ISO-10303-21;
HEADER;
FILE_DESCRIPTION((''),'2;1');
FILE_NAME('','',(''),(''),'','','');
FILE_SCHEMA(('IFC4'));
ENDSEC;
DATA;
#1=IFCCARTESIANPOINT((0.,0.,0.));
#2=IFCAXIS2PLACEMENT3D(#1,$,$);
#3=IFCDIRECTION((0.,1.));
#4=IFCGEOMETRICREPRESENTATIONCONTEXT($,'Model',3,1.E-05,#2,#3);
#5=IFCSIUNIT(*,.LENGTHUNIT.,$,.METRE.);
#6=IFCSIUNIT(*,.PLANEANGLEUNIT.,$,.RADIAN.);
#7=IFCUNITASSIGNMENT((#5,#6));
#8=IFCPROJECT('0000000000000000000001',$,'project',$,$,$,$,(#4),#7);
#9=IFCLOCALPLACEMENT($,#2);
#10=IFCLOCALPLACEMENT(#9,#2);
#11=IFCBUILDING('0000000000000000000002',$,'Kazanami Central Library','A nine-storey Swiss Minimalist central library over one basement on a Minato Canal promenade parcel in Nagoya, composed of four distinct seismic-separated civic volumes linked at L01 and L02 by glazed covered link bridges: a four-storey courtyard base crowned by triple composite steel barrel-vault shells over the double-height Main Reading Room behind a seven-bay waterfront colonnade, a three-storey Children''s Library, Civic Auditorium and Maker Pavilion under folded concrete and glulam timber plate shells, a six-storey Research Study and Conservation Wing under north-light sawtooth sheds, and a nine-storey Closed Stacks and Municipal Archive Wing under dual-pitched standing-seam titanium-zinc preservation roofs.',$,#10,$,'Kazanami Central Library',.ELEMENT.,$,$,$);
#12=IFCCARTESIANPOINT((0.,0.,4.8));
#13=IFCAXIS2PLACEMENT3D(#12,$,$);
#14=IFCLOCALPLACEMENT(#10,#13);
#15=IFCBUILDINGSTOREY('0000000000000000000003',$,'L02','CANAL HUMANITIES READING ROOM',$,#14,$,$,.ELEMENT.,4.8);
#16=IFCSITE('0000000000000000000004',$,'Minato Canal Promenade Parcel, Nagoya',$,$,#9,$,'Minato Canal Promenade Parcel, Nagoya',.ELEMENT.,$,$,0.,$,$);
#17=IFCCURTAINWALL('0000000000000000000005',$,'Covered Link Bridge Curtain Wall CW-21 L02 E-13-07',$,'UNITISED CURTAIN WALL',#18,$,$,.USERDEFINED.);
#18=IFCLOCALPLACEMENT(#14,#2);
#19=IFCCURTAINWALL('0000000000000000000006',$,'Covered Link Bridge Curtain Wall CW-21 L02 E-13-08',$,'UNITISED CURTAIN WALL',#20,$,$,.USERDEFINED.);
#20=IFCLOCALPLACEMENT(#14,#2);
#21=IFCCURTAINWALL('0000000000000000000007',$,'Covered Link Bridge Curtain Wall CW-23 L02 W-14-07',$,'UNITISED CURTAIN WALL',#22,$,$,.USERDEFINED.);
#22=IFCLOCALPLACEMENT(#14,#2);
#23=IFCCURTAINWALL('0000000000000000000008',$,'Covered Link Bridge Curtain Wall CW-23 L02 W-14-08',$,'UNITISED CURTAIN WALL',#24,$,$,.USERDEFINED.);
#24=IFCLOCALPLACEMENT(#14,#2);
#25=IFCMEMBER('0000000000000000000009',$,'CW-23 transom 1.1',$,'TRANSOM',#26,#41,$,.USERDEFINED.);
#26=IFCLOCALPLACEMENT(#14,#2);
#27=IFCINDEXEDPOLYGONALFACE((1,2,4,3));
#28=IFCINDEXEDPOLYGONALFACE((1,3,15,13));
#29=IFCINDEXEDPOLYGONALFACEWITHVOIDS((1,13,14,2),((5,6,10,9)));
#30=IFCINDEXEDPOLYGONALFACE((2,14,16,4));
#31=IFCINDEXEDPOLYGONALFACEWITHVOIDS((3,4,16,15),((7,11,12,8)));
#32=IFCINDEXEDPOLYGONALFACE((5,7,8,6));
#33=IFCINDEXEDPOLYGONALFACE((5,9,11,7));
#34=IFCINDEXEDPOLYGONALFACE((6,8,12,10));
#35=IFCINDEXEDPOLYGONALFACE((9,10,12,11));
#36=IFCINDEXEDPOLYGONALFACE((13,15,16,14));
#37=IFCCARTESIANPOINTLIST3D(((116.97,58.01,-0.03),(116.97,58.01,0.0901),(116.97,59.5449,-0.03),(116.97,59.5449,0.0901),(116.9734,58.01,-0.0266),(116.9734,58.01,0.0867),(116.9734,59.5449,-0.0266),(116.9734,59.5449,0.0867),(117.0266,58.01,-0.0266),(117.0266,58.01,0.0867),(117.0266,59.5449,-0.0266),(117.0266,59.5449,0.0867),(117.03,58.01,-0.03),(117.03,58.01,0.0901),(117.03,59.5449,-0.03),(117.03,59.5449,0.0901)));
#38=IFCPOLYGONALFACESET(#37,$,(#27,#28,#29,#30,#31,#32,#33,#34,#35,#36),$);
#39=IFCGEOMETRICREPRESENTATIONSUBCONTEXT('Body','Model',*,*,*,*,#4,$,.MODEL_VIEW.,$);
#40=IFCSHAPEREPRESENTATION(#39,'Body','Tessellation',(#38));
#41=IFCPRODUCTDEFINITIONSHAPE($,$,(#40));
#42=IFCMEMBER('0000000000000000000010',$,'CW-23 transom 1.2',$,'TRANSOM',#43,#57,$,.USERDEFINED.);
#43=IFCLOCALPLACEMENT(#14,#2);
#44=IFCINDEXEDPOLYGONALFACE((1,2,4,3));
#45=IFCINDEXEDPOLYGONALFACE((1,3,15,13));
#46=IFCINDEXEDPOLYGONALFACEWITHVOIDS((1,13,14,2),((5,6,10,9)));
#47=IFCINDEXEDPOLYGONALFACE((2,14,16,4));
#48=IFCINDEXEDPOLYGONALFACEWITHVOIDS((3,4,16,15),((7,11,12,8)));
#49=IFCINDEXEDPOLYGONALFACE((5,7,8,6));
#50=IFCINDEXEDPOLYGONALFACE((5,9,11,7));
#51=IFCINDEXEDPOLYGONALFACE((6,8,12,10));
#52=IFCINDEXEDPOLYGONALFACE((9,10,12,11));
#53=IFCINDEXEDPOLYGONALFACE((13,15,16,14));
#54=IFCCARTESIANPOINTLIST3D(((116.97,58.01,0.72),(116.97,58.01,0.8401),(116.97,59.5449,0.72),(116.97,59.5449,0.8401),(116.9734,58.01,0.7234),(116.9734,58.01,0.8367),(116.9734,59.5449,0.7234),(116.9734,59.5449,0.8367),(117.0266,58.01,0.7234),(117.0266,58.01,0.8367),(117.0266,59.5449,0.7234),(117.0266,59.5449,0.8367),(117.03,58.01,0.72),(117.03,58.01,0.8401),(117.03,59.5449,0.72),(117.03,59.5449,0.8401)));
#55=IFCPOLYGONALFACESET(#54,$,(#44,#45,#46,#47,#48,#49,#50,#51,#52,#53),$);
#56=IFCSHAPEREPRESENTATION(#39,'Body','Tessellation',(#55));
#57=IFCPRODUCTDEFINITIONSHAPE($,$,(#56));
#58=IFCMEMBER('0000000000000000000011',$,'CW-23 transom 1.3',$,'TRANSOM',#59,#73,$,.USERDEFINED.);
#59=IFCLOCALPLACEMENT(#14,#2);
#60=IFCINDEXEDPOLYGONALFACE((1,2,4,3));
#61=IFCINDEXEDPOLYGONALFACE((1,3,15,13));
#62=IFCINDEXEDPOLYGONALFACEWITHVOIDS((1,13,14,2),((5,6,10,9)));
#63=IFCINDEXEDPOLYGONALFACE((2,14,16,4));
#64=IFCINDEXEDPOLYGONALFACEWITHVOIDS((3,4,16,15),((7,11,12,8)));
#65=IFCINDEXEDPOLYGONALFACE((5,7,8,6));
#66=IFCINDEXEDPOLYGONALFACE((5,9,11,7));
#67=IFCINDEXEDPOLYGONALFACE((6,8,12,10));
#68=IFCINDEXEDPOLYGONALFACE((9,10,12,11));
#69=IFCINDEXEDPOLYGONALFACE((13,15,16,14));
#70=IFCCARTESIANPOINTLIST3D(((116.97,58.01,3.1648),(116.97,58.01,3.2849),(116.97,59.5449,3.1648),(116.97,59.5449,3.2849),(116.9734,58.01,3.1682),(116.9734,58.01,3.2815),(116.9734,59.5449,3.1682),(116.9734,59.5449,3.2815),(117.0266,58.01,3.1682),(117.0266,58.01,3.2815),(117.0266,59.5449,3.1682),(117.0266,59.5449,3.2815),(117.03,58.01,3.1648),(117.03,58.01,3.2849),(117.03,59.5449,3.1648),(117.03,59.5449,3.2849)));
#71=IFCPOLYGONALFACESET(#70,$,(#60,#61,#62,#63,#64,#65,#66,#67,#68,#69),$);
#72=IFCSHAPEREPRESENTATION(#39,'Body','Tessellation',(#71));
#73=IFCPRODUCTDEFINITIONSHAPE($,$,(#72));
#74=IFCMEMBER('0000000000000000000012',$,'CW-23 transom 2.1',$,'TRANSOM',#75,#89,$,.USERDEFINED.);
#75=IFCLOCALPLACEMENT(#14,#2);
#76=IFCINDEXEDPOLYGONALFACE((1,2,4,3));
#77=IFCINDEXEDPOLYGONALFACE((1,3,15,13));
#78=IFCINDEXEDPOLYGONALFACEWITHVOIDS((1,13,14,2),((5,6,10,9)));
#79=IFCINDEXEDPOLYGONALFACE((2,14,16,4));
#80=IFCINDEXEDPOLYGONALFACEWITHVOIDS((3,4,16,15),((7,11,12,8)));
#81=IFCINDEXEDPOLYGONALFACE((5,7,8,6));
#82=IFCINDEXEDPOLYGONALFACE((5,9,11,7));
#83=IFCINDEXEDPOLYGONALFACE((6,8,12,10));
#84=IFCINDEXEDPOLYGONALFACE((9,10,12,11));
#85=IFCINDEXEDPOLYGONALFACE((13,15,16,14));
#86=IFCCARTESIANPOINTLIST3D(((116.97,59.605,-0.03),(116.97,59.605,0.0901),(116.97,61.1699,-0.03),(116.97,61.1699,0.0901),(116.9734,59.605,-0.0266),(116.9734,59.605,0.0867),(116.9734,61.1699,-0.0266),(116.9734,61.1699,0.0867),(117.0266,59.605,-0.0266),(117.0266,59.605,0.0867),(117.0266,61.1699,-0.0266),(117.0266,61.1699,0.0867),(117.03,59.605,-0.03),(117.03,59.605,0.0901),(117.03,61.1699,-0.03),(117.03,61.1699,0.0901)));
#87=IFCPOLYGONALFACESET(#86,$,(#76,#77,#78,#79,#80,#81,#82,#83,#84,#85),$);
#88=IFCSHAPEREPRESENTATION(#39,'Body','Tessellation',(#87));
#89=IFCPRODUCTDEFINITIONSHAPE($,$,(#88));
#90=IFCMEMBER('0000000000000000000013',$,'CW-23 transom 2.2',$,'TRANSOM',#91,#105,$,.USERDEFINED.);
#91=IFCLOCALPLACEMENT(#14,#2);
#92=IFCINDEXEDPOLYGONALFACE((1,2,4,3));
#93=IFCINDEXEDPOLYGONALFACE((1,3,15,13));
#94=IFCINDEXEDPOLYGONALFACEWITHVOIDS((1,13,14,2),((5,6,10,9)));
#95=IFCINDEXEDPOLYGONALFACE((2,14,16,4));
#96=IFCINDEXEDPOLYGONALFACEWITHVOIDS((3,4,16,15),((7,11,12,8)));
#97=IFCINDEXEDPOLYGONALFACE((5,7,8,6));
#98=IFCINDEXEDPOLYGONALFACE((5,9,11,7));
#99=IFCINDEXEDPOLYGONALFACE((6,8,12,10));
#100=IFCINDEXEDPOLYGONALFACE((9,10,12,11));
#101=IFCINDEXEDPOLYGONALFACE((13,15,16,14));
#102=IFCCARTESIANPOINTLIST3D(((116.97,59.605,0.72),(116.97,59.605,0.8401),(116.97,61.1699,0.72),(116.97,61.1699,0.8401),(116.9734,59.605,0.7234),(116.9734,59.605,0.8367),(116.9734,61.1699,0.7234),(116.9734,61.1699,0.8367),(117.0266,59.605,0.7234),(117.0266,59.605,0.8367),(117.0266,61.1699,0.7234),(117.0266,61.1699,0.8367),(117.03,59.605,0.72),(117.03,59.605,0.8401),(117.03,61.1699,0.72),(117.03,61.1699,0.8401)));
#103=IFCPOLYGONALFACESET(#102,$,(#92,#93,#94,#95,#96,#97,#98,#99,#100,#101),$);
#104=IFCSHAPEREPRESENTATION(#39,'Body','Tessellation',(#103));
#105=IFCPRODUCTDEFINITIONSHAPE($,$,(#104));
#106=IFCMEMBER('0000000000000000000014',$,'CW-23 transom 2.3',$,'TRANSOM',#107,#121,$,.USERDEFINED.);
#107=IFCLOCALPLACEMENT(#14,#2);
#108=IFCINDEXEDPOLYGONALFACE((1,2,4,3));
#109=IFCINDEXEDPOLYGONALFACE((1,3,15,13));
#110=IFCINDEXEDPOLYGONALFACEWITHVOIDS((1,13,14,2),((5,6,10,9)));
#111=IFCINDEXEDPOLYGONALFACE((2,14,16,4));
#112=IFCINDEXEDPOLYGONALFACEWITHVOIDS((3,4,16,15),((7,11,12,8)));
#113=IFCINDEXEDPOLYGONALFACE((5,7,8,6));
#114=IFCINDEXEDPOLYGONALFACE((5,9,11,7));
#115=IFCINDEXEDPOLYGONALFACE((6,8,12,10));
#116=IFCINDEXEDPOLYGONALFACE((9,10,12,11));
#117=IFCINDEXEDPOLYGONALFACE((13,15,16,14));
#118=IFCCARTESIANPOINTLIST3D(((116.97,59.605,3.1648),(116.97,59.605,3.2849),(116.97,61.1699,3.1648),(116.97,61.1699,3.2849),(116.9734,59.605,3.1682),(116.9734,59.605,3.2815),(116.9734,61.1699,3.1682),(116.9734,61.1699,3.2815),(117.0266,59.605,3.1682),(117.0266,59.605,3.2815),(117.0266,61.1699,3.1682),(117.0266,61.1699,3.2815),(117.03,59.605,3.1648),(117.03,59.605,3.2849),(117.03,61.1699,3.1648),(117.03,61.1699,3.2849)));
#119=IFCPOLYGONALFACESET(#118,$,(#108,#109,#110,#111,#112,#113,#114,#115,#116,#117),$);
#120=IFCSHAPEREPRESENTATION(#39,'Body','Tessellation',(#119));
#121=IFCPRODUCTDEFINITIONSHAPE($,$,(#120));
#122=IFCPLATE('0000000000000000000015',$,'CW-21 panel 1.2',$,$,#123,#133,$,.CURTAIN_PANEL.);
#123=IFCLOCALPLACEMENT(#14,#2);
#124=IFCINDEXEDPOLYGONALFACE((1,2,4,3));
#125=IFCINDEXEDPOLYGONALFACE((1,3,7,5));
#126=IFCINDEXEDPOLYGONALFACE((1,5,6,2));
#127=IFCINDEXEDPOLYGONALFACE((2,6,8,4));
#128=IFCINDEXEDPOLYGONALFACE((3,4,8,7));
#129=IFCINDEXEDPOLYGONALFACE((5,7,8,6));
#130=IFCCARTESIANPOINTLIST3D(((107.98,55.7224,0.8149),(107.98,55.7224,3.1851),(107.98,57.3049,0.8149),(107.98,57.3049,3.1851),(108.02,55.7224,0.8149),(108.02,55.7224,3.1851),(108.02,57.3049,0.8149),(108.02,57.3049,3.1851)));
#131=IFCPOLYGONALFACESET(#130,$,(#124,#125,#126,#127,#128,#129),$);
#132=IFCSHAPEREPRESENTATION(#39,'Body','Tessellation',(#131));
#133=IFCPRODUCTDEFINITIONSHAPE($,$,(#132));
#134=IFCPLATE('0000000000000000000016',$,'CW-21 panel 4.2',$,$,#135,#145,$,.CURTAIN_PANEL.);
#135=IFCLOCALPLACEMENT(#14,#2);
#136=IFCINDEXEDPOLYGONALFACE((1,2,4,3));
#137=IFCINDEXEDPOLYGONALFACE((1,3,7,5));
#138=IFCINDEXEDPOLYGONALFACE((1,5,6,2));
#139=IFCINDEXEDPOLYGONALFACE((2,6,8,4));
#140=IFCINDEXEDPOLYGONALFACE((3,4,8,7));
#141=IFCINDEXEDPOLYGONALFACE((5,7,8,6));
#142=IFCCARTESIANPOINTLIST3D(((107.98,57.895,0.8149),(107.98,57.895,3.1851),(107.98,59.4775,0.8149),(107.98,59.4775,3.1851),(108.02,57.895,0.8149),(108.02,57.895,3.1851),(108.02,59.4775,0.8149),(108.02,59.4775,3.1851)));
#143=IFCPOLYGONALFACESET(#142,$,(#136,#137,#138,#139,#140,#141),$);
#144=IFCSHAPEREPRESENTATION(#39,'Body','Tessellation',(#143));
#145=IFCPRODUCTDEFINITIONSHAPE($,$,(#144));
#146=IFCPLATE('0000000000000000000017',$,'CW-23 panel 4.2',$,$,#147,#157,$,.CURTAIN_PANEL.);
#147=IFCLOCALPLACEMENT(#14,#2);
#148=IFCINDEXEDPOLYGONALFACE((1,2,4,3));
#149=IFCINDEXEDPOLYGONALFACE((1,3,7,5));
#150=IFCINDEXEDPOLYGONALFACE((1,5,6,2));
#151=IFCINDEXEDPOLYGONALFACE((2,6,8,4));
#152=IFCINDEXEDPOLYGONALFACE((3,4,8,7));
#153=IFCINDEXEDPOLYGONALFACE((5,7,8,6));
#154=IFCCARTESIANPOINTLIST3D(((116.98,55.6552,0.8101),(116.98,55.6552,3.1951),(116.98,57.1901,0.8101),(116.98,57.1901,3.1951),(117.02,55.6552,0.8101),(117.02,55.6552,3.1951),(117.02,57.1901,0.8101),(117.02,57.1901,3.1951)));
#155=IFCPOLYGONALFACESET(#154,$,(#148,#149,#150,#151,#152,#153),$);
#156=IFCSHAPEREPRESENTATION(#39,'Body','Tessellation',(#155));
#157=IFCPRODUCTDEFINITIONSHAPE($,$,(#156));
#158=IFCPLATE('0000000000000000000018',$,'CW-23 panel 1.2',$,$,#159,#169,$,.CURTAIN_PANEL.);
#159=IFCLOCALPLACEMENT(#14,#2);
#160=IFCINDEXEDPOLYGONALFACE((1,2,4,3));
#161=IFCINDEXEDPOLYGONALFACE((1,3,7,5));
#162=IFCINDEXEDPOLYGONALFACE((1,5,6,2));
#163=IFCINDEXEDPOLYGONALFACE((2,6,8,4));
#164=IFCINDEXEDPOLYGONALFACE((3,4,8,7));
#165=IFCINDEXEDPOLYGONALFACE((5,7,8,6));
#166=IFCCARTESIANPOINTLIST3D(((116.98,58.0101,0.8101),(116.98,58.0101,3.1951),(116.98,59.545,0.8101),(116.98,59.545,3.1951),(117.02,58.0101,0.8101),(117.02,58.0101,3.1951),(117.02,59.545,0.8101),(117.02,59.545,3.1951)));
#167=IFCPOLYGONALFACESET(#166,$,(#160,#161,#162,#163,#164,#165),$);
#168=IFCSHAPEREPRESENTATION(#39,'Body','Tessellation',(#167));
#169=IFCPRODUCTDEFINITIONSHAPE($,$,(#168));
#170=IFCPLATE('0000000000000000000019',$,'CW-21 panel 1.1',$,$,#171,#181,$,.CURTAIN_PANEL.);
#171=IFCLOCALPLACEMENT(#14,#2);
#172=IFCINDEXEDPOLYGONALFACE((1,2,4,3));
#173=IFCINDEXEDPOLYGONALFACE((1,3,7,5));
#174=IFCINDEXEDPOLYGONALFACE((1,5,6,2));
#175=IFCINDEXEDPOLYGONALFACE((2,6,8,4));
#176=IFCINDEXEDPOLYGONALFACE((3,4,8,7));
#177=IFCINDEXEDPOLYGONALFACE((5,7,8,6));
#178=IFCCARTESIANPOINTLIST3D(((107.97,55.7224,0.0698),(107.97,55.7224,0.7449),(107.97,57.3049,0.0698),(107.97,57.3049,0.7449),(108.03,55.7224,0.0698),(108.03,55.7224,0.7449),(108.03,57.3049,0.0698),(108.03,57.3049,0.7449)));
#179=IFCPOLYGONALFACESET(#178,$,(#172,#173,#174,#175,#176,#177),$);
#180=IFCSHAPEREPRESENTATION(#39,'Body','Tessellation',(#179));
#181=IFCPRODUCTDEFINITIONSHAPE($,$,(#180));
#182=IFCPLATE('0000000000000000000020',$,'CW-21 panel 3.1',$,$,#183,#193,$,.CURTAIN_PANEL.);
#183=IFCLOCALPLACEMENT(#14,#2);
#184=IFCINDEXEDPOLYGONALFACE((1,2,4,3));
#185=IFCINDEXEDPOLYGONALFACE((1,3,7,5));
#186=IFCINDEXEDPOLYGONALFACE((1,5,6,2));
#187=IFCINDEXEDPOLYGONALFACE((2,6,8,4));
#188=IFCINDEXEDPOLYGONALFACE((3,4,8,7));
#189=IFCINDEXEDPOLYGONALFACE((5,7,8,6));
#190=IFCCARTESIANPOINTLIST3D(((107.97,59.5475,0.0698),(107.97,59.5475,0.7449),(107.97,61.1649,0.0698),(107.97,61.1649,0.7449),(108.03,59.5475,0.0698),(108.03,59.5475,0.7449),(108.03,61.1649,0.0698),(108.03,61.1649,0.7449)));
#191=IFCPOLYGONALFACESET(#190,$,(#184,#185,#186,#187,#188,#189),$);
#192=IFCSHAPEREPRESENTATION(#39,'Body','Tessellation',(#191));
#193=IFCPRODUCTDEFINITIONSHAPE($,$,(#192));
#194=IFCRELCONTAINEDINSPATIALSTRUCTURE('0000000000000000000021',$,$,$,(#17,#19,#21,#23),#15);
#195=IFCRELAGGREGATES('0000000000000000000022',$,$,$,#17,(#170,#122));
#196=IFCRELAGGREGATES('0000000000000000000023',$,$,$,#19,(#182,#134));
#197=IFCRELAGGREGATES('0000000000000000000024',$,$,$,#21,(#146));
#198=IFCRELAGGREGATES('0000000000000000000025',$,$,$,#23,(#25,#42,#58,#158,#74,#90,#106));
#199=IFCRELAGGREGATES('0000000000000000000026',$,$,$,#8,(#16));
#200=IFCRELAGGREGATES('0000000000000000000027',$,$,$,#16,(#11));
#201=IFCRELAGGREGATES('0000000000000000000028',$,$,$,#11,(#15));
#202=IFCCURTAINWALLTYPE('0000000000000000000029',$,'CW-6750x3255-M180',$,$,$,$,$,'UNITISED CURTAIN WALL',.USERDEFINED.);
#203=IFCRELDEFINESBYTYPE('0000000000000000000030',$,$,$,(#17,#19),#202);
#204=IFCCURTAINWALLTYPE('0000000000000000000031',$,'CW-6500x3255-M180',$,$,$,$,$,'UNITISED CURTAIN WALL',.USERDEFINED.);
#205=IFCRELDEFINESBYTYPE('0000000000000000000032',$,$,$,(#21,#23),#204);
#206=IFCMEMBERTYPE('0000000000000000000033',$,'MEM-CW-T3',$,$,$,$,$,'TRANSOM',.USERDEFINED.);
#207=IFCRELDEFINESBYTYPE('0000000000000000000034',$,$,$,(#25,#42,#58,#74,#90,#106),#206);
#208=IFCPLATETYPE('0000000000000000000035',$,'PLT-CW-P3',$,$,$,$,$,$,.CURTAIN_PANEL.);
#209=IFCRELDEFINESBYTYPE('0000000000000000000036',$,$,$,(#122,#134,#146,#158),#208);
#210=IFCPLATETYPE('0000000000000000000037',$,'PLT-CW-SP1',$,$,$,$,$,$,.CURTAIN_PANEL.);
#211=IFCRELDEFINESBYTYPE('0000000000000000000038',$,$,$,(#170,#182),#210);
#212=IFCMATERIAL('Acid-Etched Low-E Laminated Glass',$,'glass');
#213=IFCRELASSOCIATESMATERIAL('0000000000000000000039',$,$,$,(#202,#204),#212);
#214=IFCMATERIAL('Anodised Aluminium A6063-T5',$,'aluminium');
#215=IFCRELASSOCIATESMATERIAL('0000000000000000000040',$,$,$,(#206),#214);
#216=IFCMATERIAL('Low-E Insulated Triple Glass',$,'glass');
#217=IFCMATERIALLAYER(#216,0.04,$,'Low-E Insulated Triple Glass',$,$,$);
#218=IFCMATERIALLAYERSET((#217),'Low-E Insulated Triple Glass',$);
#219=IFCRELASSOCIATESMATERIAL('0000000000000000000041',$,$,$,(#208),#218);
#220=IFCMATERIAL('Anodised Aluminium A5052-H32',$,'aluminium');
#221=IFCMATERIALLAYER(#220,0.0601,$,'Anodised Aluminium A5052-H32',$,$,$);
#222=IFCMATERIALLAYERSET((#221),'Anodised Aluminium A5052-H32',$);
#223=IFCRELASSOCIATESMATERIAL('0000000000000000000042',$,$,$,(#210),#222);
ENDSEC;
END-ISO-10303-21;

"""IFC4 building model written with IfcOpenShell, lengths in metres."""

from ifc_helpers import new_model, si_unit, direction, frame, origin, origin_2d, place, context, subcontext, project, spatial, rectangle, hollow_rectangle, extrude, material, layer, layer_set, material_profile, profile_set, type_object, element, aggregate, save


model = new_model("IFC4")

# Units and contexts
model_context = context("Model", 3, precision=1e-05, world=origin(), true_north=direction((0.0, 1.0)))
body_context = subcontext(model_context, "Body", "Model", "MODEL_VIEW")
ifc_project = project(units=[si_unit("LENGTHUNIT", "METRE"), si_unit("PLANEANGLEUNIT", "RADIAN")], contexts=[model_context])

# Site, building, storey
site_placement = place(None, origin())
site = spatial("IfcSite", under=ifc_project, at=site_placement, Name="Minato Canal Promenade Parcel, Nagoya", LongName="Minato Canal Promenade Parcel, Nagoya", CompositionType="ELEMENT", RefElevation=0.0)
building_placement = place(site_placement, origin())
building = spatial("IfcBuilding", under=site, at=building_placement, Name="Kazanami Central Library", Description="A nine-storey Swiss Minimalist central library over one basement on a Minato Canal promenade parcel in Nagoya, composed of four distinct seismic-separated civic volumes linked at L01 and L02 by glazed covered link bridges: a four-storey courtyard base crowned by triple composite steel barrel-vault shells over the double-height Main Reading Room behind a seven-bay waterfront colonnade, a three-storey Children's Library, Civic Auditorium and Maker Pavilion under folded concrete and glulam timber plate shells, a six-storey Research Study and Conservation Wing under north-light sawtooth sheds, and a nine-storey Closed Stacks and Municipal Archive Wing under dual-pitched standing-seam titanium-zinc preservation roofs.", LongName="Kazanami Central Library", CompositionType="ELEMENT")
storey_placement = place(building_placement, frame((0.0, 0.0, 4.8)))
storey = spatial("IfcBuildingStorey", under=building, at=storey_placement, Name="L02", Description="CANAL HUMANITIES READING ROOM", CompositionType="ELEMENT", Elevation=4.8)

# Curtain walls
ifc_material_1 = material(Name="Acid-Etched Low-E Laminated Glass", Category="glass")
curtain_wall_type_1 = type_object("IfcCurtainWallType", Name="CW-6750x3255-M180", ElementType="UNITISED CURTAIN WALL", PredefinedType="USERDEFINED", material=ifc_material_1)
curtain_wall_1_placement = place(storey_placement, origin())
curtain_wall_1 = element("IfcCurtainWall", 1, at=curtain_wall_1_placement, inside=storey, type_object=curtain_wall_type_1, Name="Covered Link Bridge Curtain Wall CW-21 L02 E-13-07", ObjectType="UNITISED CURTAIN WALL", PredefinedType="USERDEFINED")
ifc_material_2 = material(Name="Anodised Aluminium A6063-T5", Category="aluminium")
curtain_wall_2_placement = place(storey_placement, origin())
curtain_wall_2 = element("IfcCurtainWall", 2, at=curtain_wall_2_placement, inside=storey, type_object=curtain_wall_type_1, Name="Covered Link Bridge Curtain Wall CW-21 L02 E-13-08", ObjectType="UNITISED CURTAIN WALL", PredefinedType="USERDEFINED")

# Curtain wall
curtain_wall_type_2 = type_object("IfcCurtainWallType", Name="CW-6500x3255-M180", ElementType="UNITISED CURTAIN WALL", PredefinedType="USERDEFINED", material=ifc_material_1)
curtain_wall_3_placement = place(storey_placement, origin())
curtain_wall_3 = element("IfcCurtainWall", 3, at=curtain_wall_3_placement, inside=storey, type_object=curtain_wall_type_2, Name="Covered Link Bridge Curtain Wall CW-23 L02 W-14-07", ObjectType="UNITISED CURTAIN WALL", PredefinedType="USERDEFINED")

# Curtain wall
curtain_wall_4_placement = place(storey_placement, origin())
curtain_wall_4 = element("IfcCurtainWall", 4, at=curtain_wall_4_placement, inside=storey, type_object=curtain_wall_type_2, Name="Covered Link Bridge Curtain Wall CW-23 L02 W-14-08", ObjectType="UNITISED CURTAIN WALL", PredefinedType="USERDEFINED")

# Members
ifc_material_profile_1 = material_profile(ifc_material_2, hollow_rectangle(XDim=0.0601, YDim=0.1201, WallThickness=0.0034, at=origin_2d()), Name="ALU-TRAN-60x120x3.5")
ifc_profile_set_1 = profile_set([ifc_material_profile_1], Name="Anodised Aluminium A6063-T5")
member_type_1 = type_object("IfcMemberType", Name="MEM-CW-T3", ElementType="TRANSOM", PredefinedType="USERDEFINED", material=ifc_profile_set_1)
member_1_placement = place(storey_placement, frame((117.0, 58.01, 0.03), z_axis=(0.0, 1.0, 0.0), x_axis=(-1.0, 0.0, 0.0)))
member_1 = element("IfcMember", 5, at=member_1_placement, type_object=member_type_1, Name="CW-23 transom 1.1", ObjectType="TRANSOM", PredefinedType="USERDEFINED", context=body_context, shape_type="SweptSolid", body=[
    extrude(hollow_rectangle(XDim=0.0601, YDim=0.1201, WallThickness=0.0034, at=origin_2d()), origin(), (0.0, 0.0, 1.0), 1.5349),
])
member_2_placement = place(storey_placement, frame((117.0, 58.01, 0.78), z_axis=(0.0, 1.0, 0.0), x_axis=(-1.0, 0.0, 0.0)))
member_2 = element("IfcMember", 6, at=member_2_placement, type_object=member_type_1, Name="CW-23 transom 1.2", ObjectType="TRANSOM", PredefinedType="USERDEFINED", context=body_context, shape_type="SweptSolid", body=[
    extrude(hollow_rectangle(XDim=0.0601, YDim=0.1201, WallThickness=0.0034, at=origin_2d()), origin(), (0.0, 0.0, 1.0), 1.5349),
])
member_3_placement = place(storey_placement, frame((117.0, 58.01, 3.2249), z_axis=(0.0, 1.0, 0.0), x_axis=(-1.0, 0.0, 0.0)))
member_3 = element("IfcMember", 7, at=member_3_placement, type_object=member_type_1, Name="CW-23 transom 1.3", ObjectType="TRANSOM", PredefinedType="USERDEFINED", context=body_context, shape_type="SweptSolid", body=[
    extrude(hollow_rectangle(XDim=0.0601, YDim=0.1201, WallThickness=0.0034, at=origin_2d()), origin(), (0.0, 0.0, 1.0), 1.5349),
])
member_4_placement = place(storey_placement, frame((117.0, 59.605, 0.03), z_axis=(0.0, 1.0, 0.0), x_axis=(-1.0, 0.0, 0.0)))
member_4 = element("IfcMember", 8, at=member_4_placement, type_object=member_type_1, Name="CW-23 transom 2.1", ObjectType="TRANSOM", PredefinedType="USERDEFINED", context=body_context, shape_type="SweptSolid", body=[
    extrude(hollow_rectangle(XDim=0.0601, YDim=0.1201, WallThickness=0.0034, at=origin_2d()), origin(), (0.0, 0.0, 1.0), 1.5649),
])
member_5_placement = place(storey_placement, frame((117.0, 59.605, 0.78), z_axis=(0.0, 1.0, 0.0), x_axis=(-1.0, 0.0, 0.0)))
member_5 = element("IfcMember", 9, at=member_5_placement, type_object=member_type_1, Name="CW-23 transom 2.2", ObjectType="TRANSOM", PredefinedType="USERDEFINED", context=body_context, shape_type="SweptSolid", body=[
    extrude(hollow_rectangle(XDim=0.0601, YDim=0.1201, WallThickness=0.0034, at=origin_2d()), origin(), (0.0, 0.0, 1.0), 1.5649),
])
member_6_placement = place(storey_placement, frame((117.0, 59.605, 3.2249), z_axis=(0.0, 1.0, 0.0), x_axis=(-1.0, 0.0, 0.0)))
member_6 = element("IfcMember", 10, at=member_6_placement, type_object=member_type_1, Name="CW-23 transom 2.3", ObjectType="TRANSOM", PredefinedType="USERDEFINED", context=body_context, shape_type="SweptSolid", body=[
    extrude(hollow_rectangle(XDim=0.0601, YDim=0.1201, WallThickness=0.0034, at=origin_2d()), origin(), (0.0, 0.0, 1.0), 1.5649),
])

# Plates
ifc_material_3 = material(Name="Low-E Insulated Triple Glass", Category="glass")
ifc_layer_1 = layer(ifc_material_3, 0.04, Name="Low-E Insulated Triple Glass")
ifc_layer_set_1 = layer_set([ifc_layer_1], Name="Low-E Insulated Triple Glass")
plate_type_1 = type_object("IfcPlateType", Name="PLT-CW-P3", PredefinedType="CURTAIN_PANEL", material=ifc_layer_set_1)
plate_1_placement = place(storey_placement, frame((108.0, 56.5137, 0.8149), z_axis=(0.0, 0.0, 1.0), x_axis=(0.0, -1.0, 0.0)))
plate_1 = element("IfcPlate", 11, at=plate_1_placement, type_object=plate_type_1, Name="CW-21 panel 1.2", PredefinedType="CURTAIN_PANEL", context=body_context, shape_type="SweptSolid", body=[
    extrude(rectangle(XDim=1.5825, YDim=0.04, at=origin_2d()), origin(), (0.0, 0.0, 1.0), 2.3701),
])
plate_2_placement = place(storey_placement, frame((108.0, 58.6863, 0.8149), z_axis=(0.0, 0.0, 1.0), x_axis=(0.0, -1.0, 0.0)))
plate_2 = element("IfcPlate", 12, at=plate_2_placement, type_object=plate_type_1, Name="CW-21 panel 4.2", PredefinedType="CURTAIN_PANEL", context=body_context, shape_type="SweptSolid", body=[
    extrude(rectangle(XDim=1.5825, YDim=0.04, at=origin_2d()), origin(), (0.0, 0.0, 1.0), 2.3701),
])
plate_3_placement = place(storey_placement, frame((117.0, 56.4226, 0.8101), z_axis=(0.0, 0.0, 1.0), x_axis=(0.0, 1.0, 0.0)))
plate_3 = element("IfcPlate", 13, at=plate_3_placement, type_object=plate_type_1, Name="CW-23 panel 4.2", PredefinedType="CURTAIN_PANEL", context=body_context, shape_type="SweptSolid", body=[
    extrude(rectangle(XDim=1.5349, YDim=0.04, at=origin_2d()), origin(), (0.0, 0.0, 1.0), 2.385),
])
plate_4_placement = place(storey_placement, frame((117.0, 58.7776, 0.8101), z_axis=(0.0, 0.0, 1.0), x_axis=(0.0, 1.0, 0.0)))
plate_4 = element("IfcPlate", 14, at=plate_4_placement, type_object=plate_type_1, Name="CW-23 panel 1.2", PredefinedType="CURTAIN_PANEL", context=body_context, shape_type="SweptSolid", body=[
    extrude(rectangle(XDim=1.5349, YDim=0.04, at=origin_2d()), origin(), (0.0, 0.0, 1.0), 2.385),
])
ifc_material_4 = material(Name="Anodised Aluminium A5052-H32", Category="aluminium")
ifc_layer_2 = layer(ifc_material_4, 0.0601, Name="Anodised Aluminium A5052-H32")
ifc_layer_set_2 = layer_set([ifc_layer_2], Name="Anodised Aluminium A5052-H32")
plate_type_2 = type_object("IfcPlateType", Name="PLT-CW-SP1", PredefinedType="CURTAIN_PANEL", material=ifc_layer_set_2)
plate_5_placement = place(storey_placement, frame((108.0, 56.5137, 0.0698), z_axis=(0.0, 0.0, 1.0), x_axis=(0.0, -1.0, 0.0)))
plate_5 = element("IfcPlate", 15, at=plate_5_placement, type_object=plate_type_2, Name="CW-21 panel 1.1", PredefinedType="CURTAIN_PANEL", context=body_context, shape_type="SweptSolid", body=[
    extrude(rectangle(XDim=1.5825, YDim=0.0601, at=origin_2d()), origin(), (0.0, 0.0, 1.0), 0.675),
])
aggregate(curtain_wall_1, [plate_5, plate_1])
plate_6_placement = place(storey_placement, frame((108.0, 60.3562, 0.0698), z_axis=(0.0, 0.0, 1.0), x_axis=(0.0, -1.0, 0.0)))
plate_6 = element("IfcPlate", 16, at=plate_6_placement, type_object=plate_type_2, Name="CW-21 panel 3.1", PredefinedType="CURTAIN_PANEL", context=body_context, shape_type="SweptSolid", body=[
    extrude(rectangle(XDim=1.6174, YDim=0.0601, at=origin_2d()), origin(), (0.0, 0.0, 1.0), 0.675),
])
aggregate(curtain_wall_2, [plate_6, plate_2])
aggregate(curtain_wall_3, [plate_3])
aggregate(curtain_wall_4, [member_1, member_2, member_3, plate_4, member_4, member_5, member_6])

save(model, "model.ifc")
